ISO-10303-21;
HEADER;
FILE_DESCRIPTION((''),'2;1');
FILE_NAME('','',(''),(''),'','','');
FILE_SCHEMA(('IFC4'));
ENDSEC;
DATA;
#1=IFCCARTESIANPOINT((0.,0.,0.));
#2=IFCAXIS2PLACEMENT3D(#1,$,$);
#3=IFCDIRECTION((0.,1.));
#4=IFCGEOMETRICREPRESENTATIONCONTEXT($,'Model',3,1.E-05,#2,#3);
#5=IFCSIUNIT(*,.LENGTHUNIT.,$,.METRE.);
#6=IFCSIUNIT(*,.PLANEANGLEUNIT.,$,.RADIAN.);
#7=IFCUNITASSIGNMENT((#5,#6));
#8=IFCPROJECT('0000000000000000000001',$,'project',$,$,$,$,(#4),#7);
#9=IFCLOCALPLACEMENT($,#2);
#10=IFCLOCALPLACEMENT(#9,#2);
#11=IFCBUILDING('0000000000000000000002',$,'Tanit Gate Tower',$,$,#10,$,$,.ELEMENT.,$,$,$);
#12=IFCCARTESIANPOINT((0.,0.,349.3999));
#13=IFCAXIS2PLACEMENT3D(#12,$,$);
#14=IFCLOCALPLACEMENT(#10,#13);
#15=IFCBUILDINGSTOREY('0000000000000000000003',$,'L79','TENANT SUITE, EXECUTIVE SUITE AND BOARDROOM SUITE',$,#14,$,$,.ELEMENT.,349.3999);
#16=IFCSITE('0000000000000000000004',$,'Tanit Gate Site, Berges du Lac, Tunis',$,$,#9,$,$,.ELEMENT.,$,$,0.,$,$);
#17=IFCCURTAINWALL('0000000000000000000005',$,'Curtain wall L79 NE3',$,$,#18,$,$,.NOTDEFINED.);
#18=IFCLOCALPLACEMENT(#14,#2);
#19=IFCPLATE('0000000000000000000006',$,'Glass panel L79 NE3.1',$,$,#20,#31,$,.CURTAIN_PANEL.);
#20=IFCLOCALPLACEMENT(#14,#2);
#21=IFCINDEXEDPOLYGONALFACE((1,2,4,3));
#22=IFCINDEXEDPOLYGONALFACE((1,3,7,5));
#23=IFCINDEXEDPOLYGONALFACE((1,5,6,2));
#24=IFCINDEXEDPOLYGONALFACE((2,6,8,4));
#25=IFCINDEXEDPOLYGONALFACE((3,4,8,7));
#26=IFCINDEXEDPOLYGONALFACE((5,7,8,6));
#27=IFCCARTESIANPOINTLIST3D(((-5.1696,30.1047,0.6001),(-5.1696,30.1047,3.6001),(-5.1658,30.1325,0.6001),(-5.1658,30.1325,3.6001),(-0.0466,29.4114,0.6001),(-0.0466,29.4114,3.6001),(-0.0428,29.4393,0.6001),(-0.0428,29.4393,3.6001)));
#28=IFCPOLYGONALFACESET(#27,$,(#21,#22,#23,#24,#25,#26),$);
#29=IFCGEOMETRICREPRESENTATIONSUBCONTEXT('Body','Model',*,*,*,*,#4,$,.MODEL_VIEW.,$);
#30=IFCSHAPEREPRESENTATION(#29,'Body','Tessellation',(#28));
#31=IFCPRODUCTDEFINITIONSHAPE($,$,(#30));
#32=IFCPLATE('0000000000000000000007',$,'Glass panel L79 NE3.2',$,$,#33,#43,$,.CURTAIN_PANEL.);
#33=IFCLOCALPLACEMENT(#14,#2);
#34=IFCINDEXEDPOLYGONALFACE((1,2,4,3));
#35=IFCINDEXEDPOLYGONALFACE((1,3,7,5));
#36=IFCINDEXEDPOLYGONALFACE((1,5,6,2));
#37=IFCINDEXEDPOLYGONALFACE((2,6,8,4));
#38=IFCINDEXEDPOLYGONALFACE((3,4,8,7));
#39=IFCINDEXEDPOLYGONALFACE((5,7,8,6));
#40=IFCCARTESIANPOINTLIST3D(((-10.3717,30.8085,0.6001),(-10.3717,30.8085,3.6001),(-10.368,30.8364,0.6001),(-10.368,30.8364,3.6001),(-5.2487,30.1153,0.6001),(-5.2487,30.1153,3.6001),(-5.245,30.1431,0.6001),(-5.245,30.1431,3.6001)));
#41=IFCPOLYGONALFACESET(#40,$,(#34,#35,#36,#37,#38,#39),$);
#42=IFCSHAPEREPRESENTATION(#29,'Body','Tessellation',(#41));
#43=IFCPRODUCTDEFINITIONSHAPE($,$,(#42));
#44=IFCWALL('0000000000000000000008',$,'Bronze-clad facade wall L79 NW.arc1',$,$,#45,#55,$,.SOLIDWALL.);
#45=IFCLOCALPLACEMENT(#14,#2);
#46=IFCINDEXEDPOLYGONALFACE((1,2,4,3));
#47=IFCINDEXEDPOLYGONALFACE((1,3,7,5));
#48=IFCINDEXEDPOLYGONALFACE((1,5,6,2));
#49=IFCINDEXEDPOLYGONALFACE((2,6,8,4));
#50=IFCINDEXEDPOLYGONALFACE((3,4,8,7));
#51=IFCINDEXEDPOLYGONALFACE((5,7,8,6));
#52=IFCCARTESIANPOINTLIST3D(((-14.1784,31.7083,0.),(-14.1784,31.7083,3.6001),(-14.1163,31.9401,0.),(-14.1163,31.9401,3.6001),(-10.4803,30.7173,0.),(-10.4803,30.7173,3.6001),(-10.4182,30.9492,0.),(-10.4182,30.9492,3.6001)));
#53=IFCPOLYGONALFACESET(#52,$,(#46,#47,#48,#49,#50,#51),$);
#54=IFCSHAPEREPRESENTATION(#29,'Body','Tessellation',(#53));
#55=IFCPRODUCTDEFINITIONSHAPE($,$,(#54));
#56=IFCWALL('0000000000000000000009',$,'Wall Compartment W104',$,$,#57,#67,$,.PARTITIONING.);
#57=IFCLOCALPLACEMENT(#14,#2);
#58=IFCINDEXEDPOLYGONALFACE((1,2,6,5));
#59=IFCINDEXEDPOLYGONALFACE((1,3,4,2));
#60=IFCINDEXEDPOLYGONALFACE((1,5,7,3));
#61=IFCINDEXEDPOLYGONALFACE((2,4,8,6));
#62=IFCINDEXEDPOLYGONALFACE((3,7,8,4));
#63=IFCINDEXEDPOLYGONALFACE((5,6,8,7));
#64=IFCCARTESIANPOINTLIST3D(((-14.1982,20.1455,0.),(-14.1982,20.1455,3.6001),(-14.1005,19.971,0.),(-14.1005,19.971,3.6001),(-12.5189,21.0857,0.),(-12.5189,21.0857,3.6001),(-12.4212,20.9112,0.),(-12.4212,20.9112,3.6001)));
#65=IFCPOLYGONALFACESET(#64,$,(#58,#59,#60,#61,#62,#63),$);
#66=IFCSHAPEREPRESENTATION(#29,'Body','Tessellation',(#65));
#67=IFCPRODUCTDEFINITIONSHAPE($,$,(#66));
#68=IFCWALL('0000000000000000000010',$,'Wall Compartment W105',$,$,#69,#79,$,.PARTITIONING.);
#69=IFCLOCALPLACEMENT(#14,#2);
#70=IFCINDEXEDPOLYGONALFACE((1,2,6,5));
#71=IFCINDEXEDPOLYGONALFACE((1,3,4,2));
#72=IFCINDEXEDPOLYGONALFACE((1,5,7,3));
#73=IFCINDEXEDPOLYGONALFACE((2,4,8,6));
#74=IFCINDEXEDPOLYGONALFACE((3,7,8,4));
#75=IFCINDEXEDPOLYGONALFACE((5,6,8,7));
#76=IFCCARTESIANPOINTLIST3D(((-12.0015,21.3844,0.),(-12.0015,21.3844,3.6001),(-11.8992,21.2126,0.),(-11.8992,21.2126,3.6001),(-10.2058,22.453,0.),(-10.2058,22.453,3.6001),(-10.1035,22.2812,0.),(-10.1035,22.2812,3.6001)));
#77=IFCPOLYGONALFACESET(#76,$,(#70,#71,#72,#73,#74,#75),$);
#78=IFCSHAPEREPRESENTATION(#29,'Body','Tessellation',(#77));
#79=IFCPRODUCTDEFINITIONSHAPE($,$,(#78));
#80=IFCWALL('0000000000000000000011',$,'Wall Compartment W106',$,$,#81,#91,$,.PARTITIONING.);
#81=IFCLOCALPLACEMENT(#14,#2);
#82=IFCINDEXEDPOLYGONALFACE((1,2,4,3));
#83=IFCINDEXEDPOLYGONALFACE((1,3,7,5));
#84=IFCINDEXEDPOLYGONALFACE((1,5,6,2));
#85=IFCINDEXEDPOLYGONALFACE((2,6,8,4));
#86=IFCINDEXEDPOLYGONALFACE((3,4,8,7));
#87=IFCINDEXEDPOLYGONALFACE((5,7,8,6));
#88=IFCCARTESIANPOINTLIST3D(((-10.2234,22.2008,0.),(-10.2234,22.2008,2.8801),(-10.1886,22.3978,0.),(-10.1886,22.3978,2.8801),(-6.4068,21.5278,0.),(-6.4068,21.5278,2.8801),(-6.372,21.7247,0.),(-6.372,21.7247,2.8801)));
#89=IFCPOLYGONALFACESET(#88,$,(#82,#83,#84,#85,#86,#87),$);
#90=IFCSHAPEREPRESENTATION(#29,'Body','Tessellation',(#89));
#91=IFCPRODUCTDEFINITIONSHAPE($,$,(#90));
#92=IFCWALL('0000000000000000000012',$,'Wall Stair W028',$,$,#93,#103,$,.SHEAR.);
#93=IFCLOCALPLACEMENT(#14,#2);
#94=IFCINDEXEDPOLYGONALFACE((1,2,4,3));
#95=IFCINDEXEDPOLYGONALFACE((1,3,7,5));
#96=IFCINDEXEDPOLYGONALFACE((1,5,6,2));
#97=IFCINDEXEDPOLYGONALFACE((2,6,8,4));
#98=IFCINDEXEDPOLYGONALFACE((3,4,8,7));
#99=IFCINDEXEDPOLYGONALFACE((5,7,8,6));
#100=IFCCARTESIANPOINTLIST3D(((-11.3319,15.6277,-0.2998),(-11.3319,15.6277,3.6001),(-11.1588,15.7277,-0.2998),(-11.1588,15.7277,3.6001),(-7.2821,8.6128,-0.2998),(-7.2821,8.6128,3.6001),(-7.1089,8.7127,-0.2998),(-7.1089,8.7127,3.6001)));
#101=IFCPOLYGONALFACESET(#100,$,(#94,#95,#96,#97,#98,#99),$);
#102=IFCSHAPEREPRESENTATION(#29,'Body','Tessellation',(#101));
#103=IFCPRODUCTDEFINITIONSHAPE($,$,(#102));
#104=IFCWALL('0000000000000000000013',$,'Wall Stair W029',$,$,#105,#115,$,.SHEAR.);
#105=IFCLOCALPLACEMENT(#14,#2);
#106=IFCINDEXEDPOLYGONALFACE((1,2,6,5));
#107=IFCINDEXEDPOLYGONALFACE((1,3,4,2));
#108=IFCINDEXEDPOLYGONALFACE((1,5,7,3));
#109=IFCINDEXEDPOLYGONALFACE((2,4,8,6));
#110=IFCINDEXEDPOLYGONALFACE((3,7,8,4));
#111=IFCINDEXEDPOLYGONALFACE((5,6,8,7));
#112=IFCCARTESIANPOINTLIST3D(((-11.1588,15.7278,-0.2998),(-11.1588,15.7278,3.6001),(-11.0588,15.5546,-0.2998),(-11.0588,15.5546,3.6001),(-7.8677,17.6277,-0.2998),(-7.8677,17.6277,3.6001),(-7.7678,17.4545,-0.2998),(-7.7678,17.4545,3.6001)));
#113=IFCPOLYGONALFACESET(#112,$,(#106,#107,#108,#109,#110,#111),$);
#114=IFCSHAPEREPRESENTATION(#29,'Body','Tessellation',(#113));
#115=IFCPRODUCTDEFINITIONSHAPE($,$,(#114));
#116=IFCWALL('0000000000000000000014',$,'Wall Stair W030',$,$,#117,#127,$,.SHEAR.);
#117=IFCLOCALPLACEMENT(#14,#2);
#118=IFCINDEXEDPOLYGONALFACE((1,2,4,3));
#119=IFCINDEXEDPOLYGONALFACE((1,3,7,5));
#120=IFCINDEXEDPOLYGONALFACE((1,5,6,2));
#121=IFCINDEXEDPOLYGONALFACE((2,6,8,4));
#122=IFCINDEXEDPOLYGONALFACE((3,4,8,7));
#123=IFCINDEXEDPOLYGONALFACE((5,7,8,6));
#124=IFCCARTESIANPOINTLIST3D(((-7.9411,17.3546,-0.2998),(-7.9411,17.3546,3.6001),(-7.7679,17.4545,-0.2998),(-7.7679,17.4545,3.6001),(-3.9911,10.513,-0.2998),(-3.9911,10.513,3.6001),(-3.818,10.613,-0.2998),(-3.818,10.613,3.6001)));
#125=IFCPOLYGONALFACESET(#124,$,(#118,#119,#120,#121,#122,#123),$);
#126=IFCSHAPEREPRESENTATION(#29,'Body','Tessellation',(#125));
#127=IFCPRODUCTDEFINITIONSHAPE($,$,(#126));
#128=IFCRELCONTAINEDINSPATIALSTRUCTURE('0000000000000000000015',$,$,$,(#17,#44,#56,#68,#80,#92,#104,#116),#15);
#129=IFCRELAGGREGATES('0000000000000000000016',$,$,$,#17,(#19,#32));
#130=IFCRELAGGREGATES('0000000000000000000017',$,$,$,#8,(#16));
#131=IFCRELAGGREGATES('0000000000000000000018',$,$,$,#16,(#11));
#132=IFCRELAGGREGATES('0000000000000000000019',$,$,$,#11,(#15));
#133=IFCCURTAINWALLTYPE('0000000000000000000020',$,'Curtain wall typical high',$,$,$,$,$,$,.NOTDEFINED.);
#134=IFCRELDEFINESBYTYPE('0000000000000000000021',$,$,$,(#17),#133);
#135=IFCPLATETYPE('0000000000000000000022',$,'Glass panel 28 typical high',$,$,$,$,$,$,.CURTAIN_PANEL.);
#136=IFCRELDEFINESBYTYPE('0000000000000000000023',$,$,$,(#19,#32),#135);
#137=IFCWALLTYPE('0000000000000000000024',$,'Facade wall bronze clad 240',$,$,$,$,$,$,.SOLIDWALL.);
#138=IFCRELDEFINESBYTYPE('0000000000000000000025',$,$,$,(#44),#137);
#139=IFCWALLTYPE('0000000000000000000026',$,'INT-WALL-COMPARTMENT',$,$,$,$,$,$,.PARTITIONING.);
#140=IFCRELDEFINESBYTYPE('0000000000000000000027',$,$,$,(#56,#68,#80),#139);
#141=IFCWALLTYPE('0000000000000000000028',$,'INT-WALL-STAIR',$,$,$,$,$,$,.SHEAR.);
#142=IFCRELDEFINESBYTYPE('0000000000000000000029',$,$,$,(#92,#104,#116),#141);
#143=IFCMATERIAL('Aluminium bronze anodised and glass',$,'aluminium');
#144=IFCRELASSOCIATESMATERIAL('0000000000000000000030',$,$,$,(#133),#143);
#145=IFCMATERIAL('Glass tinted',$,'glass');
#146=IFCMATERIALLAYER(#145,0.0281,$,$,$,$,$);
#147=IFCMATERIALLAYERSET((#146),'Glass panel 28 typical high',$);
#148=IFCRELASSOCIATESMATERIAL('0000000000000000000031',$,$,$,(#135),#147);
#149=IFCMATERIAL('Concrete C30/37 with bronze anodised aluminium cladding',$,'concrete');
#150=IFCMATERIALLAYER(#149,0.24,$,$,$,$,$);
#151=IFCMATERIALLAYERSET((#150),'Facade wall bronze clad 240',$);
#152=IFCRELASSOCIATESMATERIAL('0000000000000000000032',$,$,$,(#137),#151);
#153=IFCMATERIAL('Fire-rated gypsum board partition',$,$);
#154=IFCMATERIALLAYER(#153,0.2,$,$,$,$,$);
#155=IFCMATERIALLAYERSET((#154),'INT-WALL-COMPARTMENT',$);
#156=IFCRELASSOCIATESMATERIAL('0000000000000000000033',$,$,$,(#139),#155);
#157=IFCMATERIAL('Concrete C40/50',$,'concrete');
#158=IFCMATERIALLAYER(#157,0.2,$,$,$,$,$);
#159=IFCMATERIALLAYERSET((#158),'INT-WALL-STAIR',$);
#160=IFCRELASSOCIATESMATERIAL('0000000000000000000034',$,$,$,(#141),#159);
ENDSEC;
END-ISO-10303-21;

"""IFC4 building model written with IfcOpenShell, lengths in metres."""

from ifc_helpers import new_model, si_unit, direction, frame, frame_2d, origin, origin_2d, place, context, subcontext, project, spatial, rectangle, extrude, material, layer, layer_set, type_object, element, aggregate, save


model = new_model("IFC4")

# Units and contexts
model_context = context("Model", 3, precision=1e-05, world=origin(), true_north=direction((0.0, 1.0)))
body_context = subcontext(model_context, "Body", "Model", "MODEL_VIEW")
ifc_project = project(units=[si_unit("LENGTHUNIT", "METRE"), si_unit("PLANEANGLEUNIT", "RADIAN")], contexts=[model_context])

# Site, building, storey
site_placement = place(None, origin())
site = spatial("IfcSite", under=ifc_project, at=site_placement, Name="Tanit Gate Site, Berges du Lac, Tunis", CompositionType="ELEMENT", RefElevation=0.0)
building_placement = place(site_placement, origin())
building = spatial("IfcBuilding", under=site, at=building_placement, Name="Tanit Gate Tower", CompositionType="ELEMENT")
storey_placement = place(building_placement, frame((0.0, 0.0, 349.3999)))
storey = spatial("IfcBuildingStorey", under=building, at=storey_placement, Name="L79", Description="TENANT SUITE, EXECUTIVE SUITE AND BOARDROOM SUITE", CompositionType="ELEMENT", Elevation=349.3999)

# Curtain wall
ifc_material_1 = material(Name="Aluminium bronze anodised and glass", Category="aluminium")
curtain_wall_type = type_object("IfcCurtainWallType", Name="Curtain wall typical high", PredefinedType="NOTDEFINED", material=ifc_material_1)
curtain_wall_placement = place(storey_placement, origin())
curtain_wall = element("IfcCurtainWall", 1, at=curtain_wall_placement, inside=storey, type_object=curtain_wall_type, Name="Curtain wall L79 NE3", PredefinedType="NOTDEFINED")

# Plates
ifc_material_2 = material(Name="Glass tinted", Category="glass")
ifc_layer_1 = layer(ifc_material_2, 0.0281)
ifc_layer_set_1 = layer_set([ifc_layer_1], Name="Glass panel 28 typical high")
plate_type = type_object("IfcPlateType", Name="Glass panel 28 typical high", PredefinedType="CURTAIN_PANEL", material=ifc_layer_set_1)
plate_1_placement = place(storey_placement, frame((-2.6062, 29.772, 0.6001), z_axis=(0.0, 0.0, 1.0), x_axis=(-0.990969, 0.134094, 0.0)))
plate_1 = element("IfcPlate", 2, at=plate_1_placement, type_object=plate_type, Name="Glass panel L79 NE3.1", PredefinedType="CURTAIN_PANEL", context=body_context, shape_type="SweptSolid", body=[
    extrude(rectangle(XDim=5.1697, YDim=0.0281, at=origin_2d()), origin(), (0.0, 0.0, 1.0), 3.0),
])
plate_2_placement = place(storey_placement, frame((-7.8083, 30.4758, 0.6001), z_axis=(0.0, 0.0, 1.0), x_axis=(-0.990969, 0.134094, 0.0)))
plate_2 = element("IfcPlate", 3, at=plate_2_placement, type_object=plate_type, Name="Glass panel L79 NE3.2", PredefinedType="CURTAIN_PANEL", context=body_context, shape_type="SweptSolid", body=[
    extrude(rectangle(XDim=5.1697, YDim=0.0281, at=origin_2d()), origin(), (0.0, 0.0, 1.0), 3.0),
])
aggregate(curtain_wall, [plate_1, plate_2])

# Walls
ifc_material_3 = material(Name="Concrete C30/37 with bronze anodised aluminium cladding", Category="concrete")
ifc_layer_2 = layer(ifc_material_3, 0.24)
ifc_layer_set_2 = layer_set([ifc_layer_2], Name="Facade wall bronze clad 240")
wall_type_1 = type_object("IfcWallType", Name="Facade wall bronze clad 240", PredefinedType="SOLIDWALL", material=ifc_layer_set_2)
wall_1_placement = place(storey_placement, frame((-10.4492, 30.8333, 0.0), z_axis=(0.0, 0.0, 1.0), x_axis=(-0.965924, 0.258825, 0.0)))
element("IfcWall", 4, at=wall_1_placement, inside=storey, type_object=wall_type_1, Name="Bronze-clad facade wall L79 NW.arc1", PredefinedType="SOLIDWALL", context=body_context, shape_type="SweptSolid", body=[
    extrude(rectangle(XDim=3.8286, YDim=0.24, at=frame_2d((1.9143, 0.0))), origin(), (0.0, 0.0, 1.0), 3.6001),
])
ifc_material_4 = material(Name="Fire-rated gypsum board partition")
ifc_layer_3 = layer(ifc_material_4, 0.2)
ifc_layer_set_3 = layer_set([ifc_layer_3], Name="INT-WALL-COMPARTMENT")
wall_type_2 = type_object("IfcWallType", Name="INT-WALL-COMPARTMENT", PredefinedType="PARTITIONING", material=ifc_layer_set_3)
wall_2_placement = place(storey_placement, frame((-12.47, 20.9985, 0.0), z_axis=(0.0, 0.0, 1.0), x_axis=(-0.872543, -0.488538, 0.0)))
element("IfcWall", 5, at=wall_2_placement, inside=storey, type_object=wall_type_2, Name="Wall Compartment W104", PredefinedType="PARTITIONING", context=body_context, shape_type="SweptSolid", body=[
    extrude(rectangle(XDim=1.9246, YDim=0.2, at=frame_2d((0.9624, 0.0))), origin(), (0.0, 0.0, 1.0), 3.6001),
])
wall_3_placement = place(storey_placement, frame((-10.1545, 22.3672, 0.0), z_axis=(0.0, 0.0, 1.0), x_axis=(-0.859343, -0.5114, 0.0)))
element("IfcWall", 6, at=wall_3_placement, inside=storey, type_object=wall_type_2, Name="Wall Compartment W105", PredefinedType="PARTITIONING", context=body_context, shape_type="SweptSolid", body=[
    extrude(rectangle(XDim=2.0896, YDim=0.2, at=frame_2d((1.0449, 0.0))), origin(), (0.0, 0.0, 1.0), 3.6001),
])
wall_4_placement = place(storey_placement, frame((-6.3894, 21.6262, 0.0), z_axis=(0.0, 0.0, 1.0), x_axis=(-0.984803, 0.173678, 0.0)))
element("IfcWall", 7, at=wall_4_placement, inside=storey, type_object=wall_type_2, Name="Wall Compartment W106", PredefinedType="PARTITIONING", context=body_context, shape_type="SweptSolid", body=[
    extrude(rectangle(XDim=3.8755, YDim=0.2, at=frame_2d((1.9377, 0.0))), origin(), (0.0, 0.0, 1.0), 2.8801),
])
ifc_material_5 = material(Name="Concrete C40/50", Category="concrete")
ifc_layer_4 = layer(ifc_material_5, 0.2)
ifc_layer_set_4 = layer_set([ifc_layer_4], Name="INT-WALL-STAIR")
wall_type_3 = type_object("IfcWallType", Name="INT-WALL-STAIR", PredefinedType="SHEAR", material=ifc_layer_set_4)
wall_5_placement = place(storey_placement, frame((-11.2454, 15.6777, -0.2998), z_axis=(0.0, 0.0, 1.0), x_axis=(0.499977, -0.866039, 0.0)))
element("IfcWall", 8, at=wall_5_placement, inside=storey, type_object=wall_type_3, Name="Wall Stair W028", PredefinedType="SHEAR", context=body_context, shape_type="SweptSolid", body=[
    extrude(rectangle(XDim=8.1001, YDim=0.2, at=frame_2d((4.05, 0.0))), origin(), (0.0, 0.0, 1.0), 3.8999),
])
wall_6_placement = place(storey_placement, frame((-7.8179, 17.541, -0.2998), z_axis=(0.0, 0.0, 1.0), x_axis=(-0.866044, -0.499967, 0.0)))
element("IfcWall", 9, at=wall_6_placement, inside=storey, type_object=wall_type_3, Name="Wall Stair W029", PredefinedType="SHEAR", context=body_context, shape_type="SweptSolid", body=[
    extrude(rectangle(XDim=3.8, YDim=0.2, at=frame_2d((1.8999, 0.0))), origin(), (0.0, 0.0, 1.0), 3.8999),
])
wall_7_placement = place(storey_placement, frame((-7.8545, 17.4045, -0.2998), z_axis=(0.0, 0.0, 1.0), x_axis=(0.499998, -0.866027, 0.0)))
element("IfcWall", 10, at=wall_7_placement, inside=storey, type_object=wall_type_3, Name="Wall Stair W030", PredefinedType="SHEAR", context=body_context, shape_type="SweptSolid", body=[
    extrude(rectangle(XDim=7.8999, YDim=0.2, at=frame_2d((3.95, 0.0))), origin(), (0.0, 0.0, 1.0), 3.8999),
])

save(model, "model.ifc")
